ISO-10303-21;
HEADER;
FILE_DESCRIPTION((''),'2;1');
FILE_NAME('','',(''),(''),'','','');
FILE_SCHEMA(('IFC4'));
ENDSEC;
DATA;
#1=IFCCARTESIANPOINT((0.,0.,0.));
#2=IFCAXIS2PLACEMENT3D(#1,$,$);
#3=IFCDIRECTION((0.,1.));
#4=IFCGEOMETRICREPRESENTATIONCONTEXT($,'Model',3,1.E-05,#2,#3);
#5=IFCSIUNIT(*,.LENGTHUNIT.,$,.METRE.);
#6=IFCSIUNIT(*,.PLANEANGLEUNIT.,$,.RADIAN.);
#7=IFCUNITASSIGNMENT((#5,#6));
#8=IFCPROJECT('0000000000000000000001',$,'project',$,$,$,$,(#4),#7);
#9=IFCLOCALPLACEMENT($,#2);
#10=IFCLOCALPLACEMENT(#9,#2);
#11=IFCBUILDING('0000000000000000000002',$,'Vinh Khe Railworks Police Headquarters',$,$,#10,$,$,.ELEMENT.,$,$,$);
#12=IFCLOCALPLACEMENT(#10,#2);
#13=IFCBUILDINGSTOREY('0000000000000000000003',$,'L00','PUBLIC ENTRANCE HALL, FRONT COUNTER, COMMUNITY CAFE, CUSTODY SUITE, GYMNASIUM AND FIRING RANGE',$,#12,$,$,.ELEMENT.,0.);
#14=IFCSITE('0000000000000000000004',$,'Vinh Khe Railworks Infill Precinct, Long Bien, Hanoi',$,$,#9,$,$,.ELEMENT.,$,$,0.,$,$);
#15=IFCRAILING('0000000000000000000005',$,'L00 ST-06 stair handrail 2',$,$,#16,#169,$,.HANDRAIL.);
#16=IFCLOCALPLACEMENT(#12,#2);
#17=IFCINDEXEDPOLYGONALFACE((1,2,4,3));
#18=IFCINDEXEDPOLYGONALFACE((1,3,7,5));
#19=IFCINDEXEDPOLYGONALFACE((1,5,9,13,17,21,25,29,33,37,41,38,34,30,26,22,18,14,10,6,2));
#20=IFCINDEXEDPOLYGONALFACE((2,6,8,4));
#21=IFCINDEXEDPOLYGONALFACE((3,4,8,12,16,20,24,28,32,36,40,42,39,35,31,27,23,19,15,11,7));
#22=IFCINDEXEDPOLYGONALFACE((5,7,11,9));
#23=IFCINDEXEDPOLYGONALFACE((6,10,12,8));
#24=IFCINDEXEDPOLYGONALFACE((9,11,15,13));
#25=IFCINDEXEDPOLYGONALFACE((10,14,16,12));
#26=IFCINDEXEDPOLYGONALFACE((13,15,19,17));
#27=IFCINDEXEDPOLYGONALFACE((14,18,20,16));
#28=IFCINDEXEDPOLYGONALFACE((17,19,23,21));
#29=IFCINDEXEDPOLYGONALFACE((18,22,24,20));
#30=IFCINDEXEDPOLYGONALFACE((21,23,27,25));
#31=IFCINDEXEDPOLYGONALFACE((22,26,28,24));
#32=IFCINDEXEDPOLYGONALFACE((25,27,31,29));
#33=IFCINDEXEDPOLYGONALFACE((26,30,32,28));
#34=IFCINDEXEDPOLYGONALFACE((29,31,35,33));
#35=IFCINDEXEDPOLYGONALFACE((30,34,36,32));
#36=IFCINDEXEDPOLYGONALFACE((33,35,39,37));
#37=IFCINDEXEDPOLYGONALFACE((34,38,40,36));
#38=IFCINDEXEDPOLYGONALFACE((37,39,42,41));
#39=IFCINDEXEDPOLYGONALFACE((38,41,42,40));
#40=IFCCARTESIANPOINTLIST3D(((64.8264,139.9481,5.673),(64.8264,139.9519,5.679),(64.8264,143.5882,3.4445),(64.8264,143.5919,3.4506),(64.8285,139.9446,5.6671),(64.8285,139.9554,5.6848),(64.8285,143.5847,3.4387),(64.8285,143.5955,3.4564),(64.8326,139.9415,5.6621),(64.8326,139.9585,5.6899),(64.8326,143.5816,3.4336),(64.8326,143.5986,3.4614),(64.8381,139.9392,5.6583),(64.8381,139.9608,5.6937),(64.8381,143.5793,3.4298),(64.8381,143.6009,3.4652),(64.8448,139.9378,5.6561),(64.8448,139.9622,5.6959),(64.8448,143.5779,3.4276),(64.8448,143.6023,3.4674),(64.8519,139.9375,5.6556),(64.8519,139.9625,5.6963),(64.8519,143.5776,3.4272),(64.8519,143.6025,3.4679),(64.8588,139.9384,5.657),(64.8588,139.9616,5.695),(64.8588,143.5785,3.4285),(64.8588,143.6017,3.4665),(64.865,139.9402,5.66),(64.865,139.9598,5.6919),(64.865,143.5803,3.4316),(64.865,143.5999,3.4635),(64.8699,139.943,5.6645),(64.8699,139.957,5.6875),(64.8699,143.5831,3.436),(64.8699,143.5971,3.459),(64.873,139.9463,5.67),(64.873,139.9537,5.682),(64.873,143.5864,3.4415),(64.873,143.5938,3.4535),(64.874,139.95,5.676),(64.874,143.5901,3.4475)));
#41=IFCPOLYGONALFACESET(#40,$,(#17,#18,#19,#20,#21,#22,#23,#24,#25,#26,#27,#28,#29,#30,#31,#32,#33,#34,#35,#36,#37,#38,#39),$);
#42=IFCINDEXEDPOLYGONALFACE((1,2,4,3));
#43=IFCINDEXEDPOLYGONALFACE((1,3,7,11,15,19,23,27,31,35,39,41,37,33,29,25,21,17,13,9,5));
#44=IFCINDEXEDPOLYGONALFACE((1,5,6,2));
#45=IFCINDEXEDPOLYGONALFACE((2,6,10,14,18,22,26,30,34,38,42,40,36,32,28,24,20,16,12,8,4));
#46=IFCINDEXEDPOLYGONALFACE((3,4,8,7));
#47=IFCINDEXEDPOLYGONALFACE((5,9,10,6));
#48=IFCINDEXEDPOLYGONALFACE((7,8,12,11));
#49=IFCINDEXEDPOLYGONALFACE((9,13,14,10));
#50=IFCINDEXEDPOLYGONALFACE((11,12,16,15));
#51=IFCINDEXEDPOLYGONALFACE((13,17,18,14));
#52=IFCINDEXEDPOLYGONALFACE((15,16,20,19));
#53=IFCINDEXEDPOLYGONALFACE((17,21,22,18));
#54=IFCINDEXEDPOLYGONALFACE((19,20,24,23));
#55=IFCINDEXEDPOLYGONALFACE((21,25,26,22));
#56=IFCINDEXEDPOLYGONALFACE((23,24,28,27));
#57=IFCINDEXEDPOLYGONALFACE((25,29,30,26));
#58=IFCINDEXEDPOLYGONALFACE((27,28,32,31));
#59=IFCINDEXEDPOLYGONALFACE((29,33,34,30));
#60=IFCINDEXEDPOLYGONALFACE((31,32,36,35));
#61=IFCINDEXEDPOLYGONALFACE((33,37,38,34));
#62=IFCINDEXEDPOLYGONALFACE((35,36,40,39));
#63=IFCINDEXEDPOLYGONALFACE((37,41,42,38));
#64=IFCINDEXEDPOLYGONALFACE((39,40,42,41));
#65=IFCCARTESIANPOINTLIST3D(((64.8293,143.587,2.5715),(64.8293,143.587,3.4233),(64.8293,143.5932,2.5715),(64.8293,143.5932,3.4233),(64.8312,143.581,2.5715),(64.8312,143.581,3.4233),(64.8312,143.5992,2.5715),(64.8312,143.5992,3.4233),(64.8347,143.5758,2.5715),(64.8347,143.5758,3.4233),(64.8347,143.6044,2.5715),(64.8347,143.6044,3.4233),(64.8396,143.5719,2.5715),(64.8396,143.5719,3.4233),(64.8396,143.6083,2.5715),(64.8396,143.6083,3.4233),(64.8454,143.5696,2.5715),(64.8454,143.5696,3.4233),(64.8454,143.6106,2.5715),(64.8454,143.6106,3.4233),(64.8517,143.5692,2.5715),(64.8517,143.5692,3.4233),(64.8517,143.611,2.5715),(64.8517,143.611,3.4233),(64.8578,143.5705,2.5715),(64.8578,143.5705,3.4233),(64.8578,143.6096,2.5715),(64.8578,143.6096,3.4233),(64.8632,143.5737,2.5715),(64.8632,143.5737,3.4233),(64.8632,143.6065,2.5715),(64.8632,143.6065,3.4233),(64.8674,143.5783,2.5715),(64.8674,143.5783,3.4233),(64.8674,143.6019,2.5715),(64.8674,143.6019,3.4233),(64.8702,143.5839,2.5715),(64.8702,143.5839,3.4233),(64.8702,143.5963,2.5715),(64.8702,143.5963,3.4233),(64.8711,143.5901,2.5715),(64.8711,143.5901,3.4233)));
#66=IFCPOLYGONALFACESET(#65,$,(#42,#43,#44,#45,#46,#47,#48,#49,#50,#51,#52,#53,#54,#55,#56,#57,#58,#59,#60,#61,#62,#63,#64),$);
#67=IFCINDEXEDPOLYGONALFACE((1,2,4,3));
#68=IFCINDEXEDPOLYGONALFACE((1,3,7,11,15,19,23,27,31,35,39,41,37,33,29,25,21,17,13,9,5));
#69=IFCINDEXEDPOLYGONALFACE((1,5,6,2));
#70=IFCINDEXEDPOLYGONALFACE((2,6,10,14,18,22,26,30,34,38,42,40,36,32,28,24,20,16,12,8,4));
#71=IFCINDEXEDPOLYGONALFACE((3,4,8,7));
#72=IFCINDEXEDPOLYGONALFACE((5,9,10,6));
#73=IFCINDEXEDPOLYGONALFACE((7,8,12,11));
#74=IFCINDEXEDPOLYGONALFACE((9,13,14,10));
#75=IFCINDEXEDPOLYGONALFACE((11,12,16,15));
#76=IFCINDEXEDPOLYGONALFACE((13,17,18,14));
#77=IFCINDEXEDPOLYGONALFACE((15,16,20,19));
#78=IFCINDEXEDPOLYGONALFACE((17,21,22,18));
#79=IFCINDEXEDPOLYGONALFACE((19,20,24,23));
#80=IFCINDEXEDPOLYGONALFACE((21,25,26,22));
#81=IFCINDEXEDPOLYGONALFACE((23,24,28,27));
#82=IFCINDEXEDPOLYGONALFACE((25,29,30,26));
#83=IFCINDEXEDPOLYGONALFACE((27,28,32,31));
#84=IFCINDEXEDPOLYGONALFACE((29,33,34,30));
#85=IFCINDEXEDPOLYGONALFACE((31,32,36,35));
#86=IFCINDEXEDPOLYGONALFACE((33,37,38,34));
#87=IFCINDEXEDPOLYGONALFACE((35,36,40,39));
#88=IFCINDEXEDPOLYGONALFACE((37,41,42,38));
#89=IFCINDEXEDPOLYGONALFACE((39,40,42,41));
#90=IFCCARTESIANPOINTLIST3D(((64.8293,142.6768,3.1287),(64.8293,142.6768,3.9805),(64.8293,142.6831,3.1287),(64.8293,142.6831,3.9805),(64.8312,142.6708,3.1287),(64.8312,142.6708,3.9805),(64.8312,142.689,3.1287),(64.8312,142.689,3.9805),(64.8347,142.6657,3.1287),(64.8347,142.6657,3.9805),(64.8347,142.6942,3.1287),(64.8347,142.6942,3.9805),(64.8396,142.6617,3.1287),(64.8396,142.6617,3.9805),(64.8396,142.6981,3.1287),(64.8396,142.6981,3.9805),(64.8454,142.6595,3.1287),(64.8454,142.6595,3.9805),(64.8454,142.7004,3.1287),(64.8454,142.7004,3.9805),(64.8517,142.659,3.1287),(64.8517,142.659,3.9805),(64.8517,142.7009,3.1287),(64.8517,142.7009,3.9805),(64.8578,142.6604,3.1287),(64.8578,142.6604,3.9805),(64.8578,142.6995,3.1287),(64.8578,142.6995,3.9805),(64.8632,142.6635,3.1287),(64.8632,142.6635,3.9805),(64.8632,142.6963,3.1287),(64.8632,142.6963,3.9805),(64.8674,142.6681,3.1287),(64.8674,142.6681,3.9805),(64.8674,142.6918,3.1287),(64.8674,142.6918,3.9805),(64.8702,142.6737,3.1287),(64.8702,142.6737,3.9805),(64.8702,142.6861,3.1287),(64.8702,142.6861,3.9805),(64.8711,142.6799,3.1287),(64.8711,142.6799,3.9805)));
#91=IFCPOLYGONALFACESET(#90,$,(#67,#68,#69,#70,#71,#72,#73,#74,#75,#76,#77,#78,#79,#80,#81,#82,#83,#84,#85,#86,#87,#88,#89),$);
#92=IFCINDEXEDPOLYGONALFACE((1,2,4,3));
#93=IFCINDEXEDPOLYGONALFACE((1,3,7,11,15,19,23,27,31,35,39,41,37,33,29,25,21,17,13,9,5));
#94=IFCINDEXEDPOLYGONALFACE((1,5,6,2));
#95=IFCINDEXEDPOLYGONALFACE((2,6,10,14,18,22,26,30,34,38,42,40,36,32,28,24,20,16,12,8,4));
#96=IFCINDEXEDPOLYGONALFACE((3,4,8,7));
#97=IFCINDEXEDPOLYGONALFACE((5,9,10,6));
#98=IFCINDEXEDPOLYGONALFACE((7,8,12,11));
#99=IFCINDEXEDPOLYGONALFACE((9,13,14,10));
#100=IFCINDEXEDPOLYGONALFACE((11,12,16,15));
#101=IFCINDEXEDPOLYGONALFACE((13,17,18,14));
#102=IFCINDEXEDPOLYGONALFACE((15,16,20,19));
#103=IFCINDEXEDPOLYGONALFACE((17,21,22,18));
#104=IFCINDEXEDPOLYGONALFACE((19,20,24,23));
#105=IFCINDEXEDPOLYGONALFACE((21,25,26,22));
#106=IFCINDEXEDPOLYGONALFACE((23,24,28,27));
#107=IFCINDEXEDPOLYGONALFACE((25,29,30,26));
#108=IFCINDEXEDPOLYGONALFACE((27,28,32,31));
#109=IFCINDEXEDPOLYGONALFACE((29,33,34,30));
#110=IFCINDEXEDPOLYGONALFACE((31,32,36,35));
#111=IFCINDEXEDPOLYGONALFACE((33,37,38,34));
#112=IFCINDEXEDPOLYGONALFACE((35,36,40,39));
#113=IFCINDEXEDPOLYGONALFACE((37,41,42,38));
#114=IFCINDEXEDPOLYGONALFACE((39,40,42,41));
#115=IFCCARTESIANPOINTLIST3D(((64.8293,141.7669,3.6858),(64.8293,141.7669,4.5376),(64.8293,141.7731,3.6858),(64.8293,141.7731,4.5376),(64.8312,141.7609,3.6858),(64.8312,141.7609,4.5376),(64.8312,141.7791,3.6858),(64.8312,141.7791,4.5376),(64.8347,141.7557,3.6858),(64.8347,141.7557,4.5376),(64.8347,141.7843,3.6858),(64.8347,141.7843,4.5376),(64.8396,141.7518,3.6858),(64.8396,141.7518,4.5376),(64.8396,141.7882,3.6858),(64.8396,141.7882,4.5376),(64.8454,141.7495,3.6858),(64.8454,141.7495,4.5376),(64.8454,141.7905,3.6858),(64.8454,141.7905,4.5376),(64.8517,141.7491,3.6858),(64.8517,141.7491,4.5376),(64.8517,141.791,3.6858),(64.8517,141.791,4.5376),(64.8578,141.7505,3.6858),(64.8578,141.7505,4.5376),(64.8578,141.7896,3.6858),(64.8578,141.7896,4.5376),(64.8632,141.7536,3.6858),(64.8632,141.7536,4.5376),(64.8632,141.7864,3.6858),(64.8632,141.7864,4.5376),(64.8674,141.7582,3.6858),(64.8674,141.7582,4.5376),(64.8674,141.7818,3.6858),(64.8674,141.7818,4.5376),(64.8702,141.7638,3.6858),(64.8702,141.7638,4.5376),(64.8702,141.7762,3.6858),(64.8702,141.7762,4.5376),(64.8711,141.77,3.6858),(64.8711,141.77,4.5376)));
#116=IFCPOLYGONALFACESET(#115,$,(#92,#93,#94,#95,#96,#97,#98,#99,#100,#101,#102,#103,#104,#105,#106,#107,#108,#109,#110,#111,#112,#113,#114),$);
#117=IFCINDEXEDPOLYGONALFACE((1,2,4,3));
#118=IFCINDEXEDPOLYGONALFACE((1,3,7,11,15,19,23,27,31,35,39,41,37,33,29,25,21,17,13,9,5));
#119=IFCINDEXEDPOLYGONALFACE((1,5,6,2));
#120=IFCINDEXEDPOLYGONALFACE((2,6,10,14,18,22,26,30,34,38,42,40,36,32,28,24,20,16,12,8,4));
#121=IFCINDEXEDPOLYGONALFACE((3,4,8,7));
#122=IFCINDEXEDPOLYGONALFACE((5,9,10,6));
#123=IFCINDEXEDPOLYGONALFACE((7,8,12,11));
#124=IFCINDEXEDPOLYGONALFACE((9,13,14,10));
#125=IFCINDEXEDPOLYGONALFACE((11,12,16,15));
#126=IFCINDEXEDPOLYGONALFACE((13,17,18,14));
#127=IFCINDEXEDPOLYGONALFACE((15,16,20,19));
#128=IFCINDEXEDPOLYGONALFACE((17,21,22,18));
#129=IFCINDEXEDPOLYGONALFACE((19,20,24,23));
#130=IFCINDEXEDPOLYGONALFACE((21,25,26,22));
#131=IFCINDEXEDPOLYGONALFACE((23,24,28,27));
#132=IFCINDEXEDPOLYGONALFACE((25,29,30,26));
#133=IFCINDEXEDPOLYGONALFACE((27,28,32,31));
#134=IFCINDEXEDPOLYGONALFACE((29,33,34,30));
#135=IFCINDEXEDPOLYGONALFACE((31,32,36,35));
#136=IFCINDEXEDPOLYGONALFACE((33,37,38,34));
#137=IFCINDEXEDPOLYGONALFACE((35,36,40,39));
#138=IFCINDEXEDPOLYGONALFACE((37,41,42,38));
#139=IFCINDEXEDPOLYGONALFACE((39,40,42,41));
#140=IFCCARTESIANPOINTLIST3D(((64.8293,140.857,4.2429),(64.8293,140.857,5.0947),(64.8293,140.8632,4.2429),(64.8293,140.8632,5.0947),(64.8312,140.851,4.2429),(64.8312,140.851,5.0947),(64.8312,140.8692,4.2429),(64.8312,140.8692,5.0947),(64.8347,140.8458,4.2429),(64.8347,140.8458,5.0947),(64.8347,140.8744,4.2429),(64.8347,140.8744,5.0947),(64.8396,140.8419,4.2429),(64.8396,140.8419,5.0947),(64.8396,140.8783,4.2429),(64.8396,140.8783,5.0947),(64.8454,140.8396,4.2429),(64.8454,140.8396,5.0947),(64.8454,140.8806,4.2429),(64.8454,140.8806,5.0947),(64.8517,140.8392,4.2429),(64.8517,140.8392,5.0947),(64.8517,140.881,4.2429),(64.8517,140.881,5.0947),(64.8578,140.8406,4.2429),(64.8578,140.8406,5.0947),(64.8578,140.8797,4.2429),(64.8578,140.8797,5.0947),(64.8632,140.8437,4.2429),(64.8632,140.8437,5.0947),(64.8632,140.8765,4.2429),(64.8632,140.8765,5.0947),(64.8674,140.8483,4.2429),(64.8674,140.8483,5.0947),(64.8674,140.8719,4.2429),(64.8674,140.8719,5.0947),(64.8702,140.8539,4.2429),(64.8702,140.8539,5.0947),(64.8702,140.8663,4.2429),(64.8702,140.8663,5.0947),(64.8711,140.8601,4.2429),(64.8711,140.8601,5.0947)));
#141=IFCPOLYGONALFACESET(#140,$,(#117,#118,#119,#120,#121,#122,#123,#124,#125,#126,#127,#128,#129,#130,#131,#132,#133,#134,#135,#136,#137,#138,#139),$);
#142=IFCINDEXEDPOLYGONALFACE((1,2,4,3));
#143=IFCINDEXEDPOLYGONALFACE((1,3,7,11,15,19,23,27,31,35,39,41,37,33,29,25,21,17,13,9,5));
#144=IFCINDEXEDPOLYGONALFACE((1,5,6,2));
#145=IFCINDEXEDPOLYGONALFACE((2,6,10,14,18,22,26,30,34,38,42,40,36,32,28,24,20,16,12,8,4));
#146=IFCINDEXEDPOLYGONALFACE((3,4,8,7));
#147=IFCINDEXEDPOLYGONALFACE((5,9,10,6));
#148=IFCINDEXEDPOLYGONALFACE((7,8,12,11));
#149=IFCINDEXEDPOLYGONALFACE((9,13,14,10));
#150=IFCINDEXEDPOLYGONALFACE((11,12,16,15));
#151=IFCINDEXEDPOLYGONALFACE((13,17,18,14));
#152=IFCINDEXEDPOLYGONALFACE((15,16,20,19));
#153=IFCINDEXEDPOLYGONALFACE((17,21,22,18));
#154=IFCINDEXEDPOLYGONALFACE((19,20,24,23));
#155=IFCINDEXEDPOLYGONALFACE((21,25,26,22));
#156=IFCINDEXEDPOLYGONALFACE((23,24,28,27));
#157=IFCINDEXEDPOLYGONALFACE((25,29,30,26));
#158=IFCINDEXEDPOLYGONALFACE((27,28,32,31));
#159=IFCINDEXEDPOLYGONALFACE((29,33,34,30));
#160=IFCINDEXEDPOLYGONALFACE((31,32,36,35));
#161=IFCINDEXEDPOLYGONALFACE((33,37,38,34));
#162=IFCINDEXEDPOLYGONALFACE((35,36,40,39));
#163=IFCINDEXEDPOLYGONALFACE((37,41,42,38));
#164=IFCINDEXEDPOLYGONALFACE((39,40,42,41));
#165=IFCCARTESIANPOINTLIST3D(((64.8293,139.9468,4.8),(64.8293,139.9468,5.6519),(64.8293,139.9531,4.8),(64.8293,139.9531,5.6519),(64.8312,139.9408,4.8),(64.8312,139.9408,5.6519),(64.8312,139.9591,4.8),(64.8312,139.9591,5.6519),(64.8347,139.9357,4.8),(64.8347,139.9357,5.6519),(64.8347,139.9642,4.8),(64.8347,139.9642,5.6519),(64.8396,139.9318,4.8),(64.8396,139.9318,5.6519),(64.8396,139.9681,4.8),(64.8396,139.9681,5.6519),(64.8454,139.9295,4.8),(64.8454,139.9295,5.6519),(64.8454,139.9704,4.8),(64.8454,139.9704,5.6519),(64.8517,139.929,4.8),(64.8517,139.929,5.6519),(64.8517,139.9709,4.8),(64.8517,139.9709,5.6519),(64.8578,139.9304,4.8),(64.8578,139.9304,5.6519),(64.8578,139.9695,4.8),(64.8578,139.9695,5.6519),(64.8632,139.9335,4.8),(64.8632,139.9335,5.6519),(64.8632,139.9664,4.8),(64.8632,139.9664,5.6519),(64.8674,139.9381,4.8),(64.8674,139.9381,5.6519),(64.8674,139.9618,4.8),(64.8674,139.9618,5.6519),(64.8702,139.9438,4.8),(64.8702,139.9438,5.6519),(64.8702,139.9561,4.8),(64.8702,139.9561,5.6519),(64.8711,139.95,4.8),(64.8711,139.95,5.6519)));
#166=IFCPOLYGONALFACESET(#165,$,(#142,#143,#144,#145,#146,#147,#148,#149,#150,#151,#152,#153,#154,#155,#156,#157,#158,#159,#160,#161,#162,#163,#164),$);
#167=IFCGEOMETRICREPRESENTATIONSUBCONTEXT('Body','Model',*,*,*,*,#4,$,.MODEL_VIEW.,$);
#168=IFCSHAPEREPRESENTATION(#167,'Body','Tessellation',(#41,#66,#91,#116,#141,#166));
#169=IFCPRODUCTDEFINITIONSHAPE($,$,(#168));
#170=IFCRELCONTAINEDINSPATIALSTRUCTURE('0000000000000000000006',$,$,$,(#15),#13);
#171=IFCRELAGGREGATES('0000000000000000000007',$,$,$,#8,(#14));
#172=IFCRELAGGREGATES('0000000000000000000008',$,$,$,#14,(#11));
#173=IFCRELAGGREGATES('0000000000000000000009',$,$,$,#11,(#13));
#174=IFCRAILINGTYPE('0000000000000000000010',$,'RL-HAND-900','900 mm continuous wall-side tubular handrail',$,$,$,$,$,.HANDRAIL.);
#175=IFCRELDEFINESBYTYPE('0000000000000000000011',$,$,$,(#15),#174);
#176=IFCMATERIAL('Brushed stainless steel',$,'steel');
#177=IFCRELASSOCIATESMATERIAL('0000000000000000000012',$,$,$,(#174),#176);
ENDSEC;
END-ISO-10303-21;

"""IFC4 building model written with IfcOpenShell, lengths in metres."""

from ifc_helpers import new_model, si_unit, direction, frame, origin, origin_2d, place, context, subcontext, project, spatial, circle, extrude, material, type_object, element, save


model = new_model("IFC4")

# Units and contexts
model_context = context("Model", 3, precision=1e-05, world=origin(), true_north=direction((0.0, 1.0)))
body_context = subcontext(model_context, "Body", "Model", "MODEL_VIEW")
ifc_project = project(units=[si_unit("LENGTHUNIT", "METRE"), si_unit("PLANEANGLEUNIT", "RADIAN")], contexts=[model_context])

# Site, building, storey
site_placement = place(None, origin())
site = spatial("IfcSite", under=ifc_project, at=site_placement, Name="Vinh Khe Railworks Infill Precinct, Long Bien, Hanoi", CompositionType="ELEMENT", RefElevation=0.0)
building_placement = place(site_placement, origin())
building = spatial("IfcBuilding", under=site, at=building_placement, Name="Vinh Khe Railworks Police Headquarters", CompositionType="ELEMENT")
storey_placement = place(building_placement, origin())
storey = spatial("IfcBuildingStorey", under=building, at=storey_placement, Name="L00", Description="PUBLIC ENTRANCE HALL, FRONT COUNTER, COMMUNITY CAFE, CUSTODY SUITE, GYMNASIUM AND FIRING RANGE", CompositionType="ELEMENT", Elevation=0.0)

# Railing
ifc_material_1 = material(Name="Brushed stainless steel", Category="steel")
railing_type_1 = type_object("IfcRailingType", Name="RL-HAND-900", Description="900 mm continuous wall-side tubular handrail", PredefinedType="HANDRAIL", material=ifc_material_1)
railing_1_placement = place(storey_placement, frame((64.8501, 143.5901, 2.5715)))
element("IfcRailing", 1, at=railing_1_placement, inside=storey, type_object=railing_type_1, Name="L00 ST-06 stair handrail 2", PredefinedType="HANDRAIL", context=body_context, shape_type="SweptSolid", body=[
    extrude(circle(Radius=0.0239, at=origin_2d()), frame((0.0, 0.0, 0.876), z_axis=(0.0, -0.852866, 0.52213), x_axis=(1.0, 0.0, 0.0)), (0.0, 0.0, 1.0), 4.2681),
    extrude(circle(Radius=0.021, at=origin_2d()), origin(), (0.0, 0.0, 1.0), 0.8518),
    extrude(circle(Radius=0.021, at=origin_2d()), frame((0.0, -0.9102, 0.5571)), (0.0, 0.0, 1.0), 0.8518),
    extrude(circle(Radius=0.021, at=origin_2d()), frame((0.0, -1.8201, 1.1143)), (0.0, 0.0, 1.0), 0.8518),
    extrude(circle(Radius=0.021, at=origin_2d()), frame((0.0, -2.73, 1.6714)), (0.0, 0.0, 1.0), 0.8518),
    extrude(circle(Radius=0.021, at=origin_2d()), frame((0.0, -3.6401, 2.2285)), (0.0, 0.0, 1.0), 0.8518),
])

save(model, "model.ifc")
